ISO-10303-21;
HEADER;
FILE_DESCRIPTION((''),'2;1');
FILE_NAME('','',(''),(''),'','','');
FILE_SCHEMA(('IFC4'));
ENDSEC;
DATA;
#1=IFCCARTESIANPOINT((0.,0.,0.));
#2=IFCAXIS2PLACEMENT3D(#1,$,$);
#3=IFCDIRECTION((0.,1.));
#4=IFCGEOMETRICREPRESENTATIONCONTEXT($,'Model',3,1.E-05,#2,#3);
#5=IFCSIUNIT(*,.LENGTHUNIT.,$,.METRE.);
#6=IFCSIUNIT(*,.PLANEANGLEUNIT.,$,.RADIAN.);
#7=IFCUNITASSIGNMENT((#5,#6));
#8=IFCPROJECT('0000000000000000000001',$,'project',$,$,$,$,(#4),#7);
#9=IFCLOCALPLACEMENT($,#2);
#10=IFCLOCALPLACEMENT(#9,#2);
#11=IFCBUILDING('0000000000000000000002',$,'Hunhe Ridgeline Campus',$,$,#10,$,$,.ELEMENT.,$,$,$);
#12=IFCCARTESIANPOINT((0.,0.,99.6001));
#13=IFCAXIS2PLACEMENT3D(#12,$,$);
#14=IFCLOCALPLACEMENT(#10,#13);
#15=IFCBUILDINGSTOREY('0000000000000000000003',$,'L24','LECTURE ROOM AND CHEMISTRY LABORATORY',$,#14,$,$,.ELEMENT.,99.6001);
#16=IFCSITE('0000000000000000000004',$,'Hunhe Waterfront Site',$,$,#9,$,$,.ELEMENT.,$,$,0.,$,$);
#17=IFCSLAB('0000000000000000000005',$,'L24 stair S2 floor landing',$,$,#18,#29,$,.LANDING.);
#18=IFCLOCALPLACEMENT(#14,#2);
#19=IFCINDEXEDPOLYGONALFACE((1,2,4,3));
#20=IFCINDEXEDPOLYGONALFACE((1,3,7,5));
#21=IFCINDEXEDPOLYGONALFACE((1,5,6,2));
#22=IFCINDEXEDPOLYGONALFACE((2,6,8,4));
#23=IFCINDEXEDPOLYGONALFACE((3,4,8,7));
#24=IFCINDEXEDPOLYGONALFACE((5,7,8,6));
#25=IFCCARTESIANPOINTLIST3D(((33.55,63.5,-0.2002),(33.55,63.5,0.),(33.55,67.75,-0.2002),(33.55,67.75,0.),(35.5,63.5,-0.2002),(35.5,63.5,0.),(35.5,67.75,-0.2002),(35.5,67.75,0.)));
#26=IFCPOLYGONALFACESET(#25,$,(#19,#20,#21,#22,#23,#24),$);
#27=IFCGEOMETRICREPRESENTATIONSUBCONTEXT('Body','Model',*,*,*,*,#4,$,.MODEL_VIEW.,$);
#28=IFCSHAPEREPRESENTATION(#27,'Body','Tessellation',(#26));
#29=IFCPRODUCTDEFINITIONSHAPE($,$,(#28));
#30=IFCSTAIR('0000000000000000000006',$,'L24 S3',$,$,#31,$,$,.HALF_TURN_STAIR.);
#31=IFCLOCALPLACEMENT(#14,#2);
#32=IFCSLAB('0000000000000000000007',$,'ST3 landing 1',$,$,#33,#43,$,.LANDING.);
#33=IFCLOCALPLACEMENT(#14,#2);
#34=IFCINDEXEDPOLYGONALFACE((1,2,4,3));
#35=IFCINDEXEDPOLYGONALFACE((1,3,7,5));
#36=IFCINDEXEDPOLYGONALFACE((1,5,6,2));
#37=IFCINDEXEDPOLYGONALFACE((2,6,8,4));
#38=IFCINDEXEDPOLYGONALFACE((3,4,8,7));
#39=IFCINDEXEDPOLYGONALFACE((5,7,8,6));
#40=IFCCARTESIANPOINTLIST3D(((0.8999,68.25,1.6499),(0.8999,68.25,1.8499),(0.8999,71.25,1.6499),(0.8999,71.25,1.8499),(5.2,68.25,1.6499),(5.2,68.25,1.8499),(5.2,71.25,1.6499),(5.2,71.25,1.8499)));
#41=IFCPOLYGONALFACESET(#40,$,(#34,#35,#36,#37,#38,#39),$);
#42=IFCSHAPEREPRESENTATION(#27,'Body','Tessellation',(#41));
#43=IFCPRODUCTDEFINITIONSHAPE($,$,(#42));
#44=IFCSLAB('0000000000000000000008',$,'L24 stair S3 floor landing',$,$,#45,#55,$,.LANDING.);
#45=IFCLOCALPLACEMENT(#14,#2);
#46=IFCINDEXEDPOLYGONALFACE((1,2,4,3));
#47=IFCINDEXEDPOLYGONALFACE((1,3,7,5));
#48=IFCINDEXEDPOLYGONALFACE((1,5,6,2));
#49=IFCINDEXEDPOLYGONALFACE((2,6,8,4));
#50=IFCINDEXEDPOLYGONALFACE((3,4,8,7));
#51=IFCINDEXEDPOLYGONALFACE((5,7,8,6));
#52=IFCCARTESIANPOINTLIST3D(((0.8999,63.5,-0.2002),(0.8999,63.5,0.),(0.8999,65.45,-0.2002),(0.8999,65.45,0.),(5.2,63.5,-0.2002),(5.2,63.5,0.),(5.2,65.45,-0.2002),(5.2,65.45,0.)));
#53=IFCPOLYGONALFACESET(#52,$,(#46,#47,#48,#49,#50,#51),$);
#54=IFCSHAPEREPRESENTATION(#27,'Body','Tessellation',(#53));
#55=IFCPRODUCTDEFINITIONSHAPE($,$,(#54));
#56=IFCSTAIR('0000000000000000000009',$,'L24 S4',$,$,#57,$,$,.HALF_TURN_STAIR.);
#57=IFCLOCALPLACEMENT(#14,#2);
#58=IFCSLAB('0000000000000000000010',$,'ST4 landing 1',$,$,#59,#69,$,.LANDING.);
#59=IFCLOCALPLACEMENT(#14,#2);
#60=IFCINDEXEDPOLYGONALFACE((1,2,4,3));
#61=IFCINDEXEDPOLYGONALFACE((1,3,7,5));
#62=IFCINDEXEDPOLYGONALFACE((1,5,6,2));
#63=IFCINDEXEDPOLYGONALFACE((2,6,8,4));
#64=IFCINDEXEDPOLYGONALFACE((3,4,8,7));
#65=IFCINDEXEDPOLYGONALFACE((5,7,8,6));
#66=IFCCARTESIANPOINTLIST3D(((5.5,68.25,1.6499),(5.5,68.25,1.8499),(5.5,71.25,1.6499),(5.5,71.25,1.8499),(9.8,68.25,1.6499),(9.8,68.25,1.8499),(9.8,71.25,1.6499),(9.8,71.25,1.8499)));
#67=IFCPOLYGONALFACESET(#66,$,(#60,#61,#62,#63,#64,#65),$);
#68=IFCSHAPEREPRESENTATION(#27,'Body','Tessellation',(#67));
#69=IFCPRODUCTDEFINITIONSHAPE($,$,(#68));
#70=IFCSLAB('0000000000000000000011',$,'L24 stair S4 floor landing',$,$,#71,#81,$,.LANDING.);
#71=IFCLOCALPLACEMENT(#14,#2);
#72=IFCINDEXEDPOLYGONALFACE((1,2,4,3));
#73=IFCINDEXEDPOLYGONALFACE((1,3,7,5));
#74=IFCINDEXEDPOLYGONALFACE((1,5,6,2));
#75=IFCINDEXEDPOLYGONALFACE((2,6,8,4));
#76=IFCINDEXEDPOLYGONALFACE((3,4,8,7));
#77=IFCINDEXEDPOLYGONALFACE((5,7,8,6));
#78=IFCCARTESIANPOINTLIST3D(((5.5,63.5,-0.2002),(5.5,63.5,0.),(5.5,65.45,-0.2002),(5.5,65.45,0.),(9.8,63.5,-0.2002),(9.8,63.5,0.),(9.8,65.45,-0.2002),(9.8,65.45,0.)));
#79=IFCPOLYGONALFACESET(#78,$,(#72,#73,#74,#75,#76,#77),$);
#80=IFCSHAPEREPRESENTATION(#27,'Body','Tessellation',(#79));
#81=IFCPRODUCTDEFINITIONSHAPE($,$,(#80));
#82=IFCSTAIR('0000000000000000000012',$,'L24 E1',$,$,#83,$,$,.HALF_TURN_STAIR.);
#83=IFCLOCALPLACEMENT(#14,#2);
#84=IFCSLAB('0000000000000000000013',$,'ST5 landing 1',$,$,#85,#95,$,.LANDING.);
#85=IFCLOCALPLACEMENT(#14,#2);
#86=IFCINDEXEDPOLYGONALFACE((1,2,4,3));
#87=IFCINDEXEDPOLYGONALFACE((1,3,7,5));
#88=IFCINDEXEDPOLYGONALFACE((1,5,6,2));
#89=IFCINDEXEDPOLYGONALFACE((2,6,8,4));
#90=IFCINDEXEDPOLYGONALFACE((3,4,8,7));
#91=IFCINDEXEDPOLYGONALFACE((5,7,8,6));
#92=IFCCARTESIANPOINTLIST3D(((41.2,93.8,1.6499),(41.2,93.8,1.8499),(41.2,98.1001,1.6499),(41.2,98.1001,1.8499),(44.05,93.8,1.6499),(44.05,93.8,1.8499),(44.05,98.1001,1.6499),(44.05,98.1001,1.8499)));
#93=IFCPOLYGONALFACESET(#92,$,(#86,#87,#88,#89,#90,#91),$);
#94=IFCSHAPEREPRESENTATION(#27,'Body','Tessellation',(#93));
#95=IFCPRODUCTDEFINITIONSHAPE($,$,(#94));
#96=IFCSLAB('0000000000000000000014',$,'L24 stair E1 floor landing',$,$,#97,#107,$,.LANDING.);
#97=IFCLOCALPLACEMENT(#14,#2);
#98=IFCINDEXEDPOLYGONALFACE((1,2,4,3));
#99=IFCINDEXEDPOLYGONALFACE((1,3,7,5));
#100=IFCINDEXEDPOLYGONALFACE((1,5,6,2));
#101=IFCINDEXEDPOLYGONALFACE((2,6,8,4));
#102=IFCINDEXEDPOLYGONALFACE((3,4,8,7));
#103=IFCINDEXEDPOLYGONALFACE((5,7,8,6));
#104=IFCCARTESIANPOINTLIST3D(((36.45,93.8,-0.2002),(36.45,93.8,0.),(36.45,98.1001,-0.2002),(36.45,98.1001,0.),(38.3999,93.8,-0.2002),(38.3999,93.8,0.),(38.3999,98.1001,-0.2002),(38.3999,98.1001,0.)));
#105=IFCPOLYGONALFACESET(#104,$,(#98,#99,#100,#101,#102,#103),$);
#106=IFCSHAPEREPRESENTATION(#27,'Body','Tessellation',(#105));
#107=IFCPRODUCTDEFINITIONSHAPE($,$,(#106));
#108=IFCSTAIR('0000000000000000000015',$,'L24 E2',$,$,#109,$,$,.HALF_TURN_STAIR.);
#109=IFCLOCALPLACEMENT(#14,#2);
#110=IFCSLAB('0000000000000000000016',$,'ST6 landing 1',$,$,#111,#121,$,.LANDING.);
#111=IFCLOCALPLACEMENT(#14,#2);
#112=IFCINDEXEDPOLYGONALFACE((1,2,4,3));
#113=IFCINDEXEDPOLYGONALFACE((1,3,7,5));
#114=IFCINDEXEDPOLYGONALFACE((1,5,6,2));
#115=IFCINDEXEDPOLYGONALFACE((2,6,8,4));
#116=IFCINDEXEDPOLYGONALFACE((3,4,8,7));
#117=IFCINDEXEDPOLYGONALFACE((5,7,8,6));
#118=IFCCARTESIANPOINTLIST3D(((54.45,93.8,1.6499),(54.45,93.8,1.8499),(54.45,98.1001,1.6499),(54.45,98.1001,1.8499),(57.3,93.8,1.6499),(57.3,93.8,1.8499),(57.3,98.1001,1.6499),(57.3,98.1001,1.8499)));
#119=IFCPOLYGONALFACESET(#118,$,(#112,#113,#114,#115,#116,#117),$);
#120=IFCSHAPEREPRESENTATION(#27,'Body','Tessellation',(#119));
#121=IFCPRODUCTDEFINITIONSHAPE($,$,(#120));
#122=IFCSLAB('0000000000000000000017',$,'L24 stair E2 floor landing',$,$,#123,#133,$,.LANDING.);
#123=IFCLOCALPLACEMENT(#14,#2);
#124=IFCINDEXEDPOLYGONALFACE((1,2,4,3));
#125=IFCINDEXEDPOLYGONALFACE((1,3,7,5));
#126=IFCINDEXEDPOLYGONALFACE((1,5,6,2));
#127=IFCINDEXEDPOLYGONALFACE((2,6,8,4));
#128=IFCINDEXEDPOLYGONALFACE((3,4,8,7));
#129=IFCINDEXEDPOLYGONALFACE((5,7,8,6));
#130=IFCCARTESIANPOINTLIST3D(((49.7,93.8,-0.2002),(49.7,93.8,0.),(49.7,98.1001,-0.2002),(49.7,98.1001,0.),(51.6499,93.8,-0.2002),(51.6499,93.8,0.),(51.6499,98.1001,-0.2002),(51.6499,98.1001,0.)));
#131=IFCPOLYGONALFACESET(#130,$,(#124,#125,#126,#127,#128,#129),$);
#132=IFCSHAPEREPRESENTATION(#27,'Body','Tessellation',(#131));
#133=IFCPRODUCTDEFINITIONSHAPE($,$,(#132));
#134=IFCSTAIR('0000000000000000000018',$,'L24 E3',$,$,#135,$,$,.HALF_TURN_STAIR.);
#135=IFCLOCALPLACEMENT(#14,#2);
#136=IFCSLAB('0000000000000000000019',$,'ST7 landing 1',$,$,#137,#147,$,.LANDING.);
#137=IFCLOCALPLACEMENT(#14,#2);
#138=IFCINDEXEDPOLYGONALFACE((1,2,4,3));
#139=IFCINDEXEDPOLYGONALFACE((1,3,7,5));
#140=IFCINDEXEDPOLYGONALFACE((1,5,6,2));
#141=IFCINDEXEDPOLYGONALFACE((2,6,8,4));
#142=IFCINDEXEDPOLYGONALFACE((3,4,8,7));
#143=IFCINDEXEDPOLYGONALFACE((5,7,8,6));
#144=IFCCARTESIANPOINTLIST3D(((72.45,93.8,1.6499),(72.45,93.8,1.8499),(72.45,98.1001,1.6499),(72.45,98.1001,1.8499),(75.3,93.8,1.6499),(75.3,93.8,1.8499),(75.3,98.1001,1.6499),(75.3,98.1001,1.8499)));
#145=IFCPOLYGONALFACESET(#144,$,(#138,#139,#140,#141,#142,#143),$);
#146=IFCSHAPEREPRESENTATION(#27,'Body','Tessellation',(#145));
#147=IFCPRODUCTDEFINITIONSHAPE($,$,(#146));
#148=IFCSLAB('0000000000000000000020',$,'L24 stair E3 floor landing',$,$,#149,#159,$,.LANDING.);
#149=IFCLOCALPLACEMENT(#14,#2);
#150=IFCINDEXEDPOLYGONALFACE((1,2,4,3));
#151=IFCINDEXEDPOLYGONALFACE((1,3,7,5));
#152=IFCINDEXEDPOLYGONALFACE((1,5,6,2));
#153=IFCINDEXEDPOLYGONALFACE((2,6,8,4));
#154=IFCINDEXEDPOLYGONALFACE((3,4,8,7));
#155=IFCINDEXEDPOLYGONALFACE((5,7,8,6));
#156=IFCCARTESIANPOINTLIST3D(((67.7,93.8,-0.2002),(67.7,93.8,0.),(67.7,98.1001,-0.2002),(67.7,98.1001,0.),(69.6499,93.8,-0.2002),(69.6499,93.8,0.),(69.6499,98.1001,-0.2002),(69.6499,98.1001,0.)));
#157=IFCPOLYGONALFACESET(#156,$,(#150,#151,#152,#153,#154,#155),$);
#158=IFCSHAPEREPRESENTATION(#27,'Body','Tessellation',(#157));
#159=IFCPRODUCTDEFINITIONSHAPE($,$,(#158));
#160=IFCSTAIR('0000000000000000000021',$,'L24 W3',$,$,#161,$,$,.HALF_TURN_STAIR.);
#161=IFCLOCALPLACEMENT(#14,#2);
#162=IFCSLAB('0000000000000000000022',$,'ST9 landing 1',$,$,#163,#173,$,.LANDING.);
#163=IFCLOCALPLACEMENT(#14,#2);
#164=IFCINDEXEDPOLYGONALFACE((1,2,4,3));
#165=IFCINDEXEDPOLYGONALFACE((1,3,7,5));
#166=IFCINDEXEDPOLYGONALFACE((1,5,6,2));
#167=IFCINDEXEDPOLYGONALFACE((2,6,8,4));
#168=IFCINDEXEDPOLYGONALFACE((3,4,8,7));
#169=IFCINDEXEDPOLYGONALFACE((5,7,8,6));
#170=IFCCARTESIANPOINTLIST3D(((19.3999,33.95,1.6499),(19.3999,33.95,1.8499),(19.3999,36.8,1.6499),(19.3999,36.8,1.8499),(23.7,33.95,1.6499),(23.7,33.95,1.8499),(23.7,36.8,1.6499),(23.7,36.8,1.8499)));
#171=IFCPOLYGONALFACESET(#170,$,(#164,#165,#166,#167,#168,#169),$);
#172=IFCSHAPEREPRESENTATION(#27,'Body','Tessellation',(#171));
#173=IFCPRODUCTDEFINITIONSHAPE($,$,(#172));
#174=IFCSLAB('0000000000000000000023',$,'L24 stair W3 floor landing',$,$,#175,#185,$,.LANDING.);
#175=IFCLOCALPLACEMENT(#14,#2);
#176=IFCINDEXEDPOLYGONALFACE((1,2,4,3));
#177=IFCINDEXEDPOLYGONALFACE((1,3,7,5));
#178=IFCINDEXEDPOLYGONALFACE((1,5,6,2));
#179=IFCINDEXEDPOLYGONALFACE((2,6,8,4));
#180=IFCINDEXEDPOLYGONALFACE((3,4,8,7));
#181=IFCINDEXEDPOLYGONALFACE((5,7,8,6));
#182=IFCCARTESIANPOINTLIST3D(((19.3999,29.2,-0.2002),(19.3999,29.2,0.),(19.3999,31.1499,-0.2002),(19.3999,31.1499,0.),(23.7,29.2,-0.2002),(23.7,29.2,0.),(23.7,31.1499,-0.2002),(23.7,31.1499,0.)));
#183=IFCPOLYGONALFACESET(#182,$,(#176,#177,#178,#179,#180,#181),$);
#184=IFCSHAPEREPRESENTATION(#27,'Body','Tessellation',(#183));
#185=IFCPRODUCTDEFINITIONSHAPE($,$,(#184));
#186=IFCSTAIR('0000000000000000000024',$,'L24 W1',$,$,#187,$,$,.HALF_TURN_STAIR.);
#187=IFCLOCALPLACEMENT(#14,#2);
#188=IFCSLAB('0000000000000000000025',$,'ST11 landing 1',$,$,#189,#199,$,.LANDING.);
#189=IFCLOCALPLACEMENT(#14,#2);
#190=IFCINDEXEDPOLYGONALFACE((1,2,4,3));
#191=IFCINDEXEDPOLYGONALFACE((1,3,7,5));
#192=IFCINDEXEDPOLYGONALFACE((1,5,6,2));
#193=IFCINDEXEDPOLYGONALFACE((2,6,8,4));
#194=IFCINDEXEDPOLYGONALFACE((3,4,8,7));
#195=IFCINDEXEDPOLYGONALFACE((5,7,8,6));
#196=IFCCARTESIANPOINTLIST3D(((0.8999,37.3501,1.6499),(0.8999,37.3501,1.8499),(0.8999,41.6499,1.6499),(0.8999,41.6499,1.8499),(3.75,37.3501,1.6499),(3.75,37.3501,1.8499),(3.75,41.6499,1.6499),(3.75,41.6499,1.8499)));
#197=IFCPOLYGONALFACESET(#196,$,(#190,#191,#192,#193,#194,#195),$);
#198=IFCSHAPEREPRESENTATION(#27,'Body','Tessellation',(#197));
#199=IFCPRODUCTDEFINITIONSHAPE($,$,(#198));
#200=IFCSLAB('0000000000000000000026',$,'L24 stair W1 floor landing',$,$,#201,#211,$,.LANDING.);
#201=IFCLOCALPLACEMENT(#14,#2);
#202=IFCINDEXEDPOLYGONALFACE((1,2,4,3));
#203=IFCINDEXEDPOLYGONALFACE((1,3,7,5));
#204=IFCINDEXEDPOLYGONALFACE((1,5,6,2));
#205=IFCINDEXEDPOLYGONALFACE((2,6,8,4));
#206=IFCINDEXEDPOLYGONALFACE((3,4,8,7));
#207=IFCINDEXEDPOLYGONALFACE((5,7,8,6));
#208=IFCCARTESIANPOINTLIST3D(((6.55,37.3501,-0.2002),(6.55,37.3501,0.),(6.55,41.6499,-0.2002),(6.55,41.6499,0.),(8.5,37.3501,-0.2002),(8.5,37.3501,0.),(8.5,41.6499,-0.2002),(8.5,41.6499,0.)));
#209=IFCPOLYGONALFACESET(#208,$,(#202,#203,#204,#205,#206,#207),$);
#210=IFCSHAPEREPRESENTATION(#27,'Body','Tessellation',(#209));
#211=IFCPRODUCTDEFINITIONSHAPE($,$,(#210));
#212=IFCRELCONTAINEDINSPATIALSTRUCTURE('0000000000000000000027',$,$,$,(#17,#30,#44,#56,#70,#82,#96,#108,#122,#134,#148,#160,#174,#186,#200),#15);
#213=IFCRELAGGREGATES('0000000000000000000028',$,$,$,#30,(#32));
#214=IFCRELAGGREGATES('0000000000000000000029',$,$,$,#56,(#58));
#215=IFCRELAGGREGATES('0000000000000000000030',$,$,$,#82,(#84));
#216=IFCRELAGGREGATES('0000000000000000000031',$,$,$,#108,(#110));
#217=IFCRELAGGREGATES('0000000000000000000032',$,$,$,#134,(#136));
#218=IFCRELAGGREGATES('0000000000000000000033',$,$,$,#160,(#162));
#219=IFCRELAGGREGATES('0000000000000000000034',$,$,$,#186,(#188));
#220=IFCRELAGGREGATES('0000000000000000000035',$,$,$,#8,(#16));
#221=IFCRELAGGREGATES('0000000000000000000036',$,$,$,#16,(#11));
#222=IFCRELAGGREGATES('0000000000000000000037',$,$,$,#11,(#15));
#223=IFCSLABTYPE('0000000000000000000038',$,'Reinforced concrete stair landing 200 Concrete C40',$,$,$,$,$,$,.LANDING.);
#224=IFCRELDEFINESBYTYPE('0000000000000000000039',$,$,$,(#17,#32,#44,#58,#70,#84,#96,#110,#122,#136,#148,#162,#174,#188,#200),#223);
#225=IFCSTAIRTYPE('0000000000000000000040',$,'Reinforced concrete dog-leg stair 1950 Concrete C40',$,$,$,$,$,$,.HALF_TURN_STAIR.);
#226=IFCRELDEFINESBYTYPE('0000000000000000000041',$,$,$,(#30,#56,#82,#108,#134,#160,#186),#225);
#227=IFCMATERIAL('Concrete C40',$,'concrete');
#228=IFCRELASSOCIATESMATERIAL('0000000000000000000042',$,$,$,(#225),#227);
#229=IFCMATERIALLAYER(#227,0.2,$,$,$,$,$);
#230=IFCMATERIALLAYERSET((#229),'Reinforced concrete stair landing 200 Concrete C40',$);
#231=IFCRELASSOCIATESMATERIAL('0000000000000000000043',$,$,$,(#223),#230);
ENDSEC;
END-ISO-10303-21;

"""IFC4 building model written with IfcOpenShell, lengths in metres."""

from ifc_helpers import new_model, si_unit, direction, frame, origin, place, context, subcontext, project, spatial, polyline, outline, extrude, material, layer, layer_set, type_object, element, aggregate, save


model = new_model("IFC4")

# Units and contexts
model_context = context("Model", 3, precision=1e-05, world=origin(), true_north=direction((0.0, 1.0)))
body_context = subcontext(model_context, "Body", "Model", "MODEL_VIEW")
ifc_project = project(units=[si_unit("LENGTHUNIT", "METRE"), si_unit("PLANEANGLEUNIT", "RADIAN")], contexts=[model_context])

# Site, building, storey
site_placement = place(None, origin())
site = spatial("IfcSite", under=ifc_project, at=site_placement, Name="Hunhe Waterfront Site", CompositionType="ELEMENT", RefElevation=0.0)
building_placement = place(site_placement, origin())
building = spatial("IfcBuilding", under=site, at=building_placement, Name="Hunhe Ridgeline Campus", CompositionType="ELEMENT")
storey_placement = place(building_placement, frame((0.0, 0.0, 99.6001)))
storey = spatial("IfcBuildingStorey", under=building, at=storey_placement, Name="L24", Description="LECTURE ROOM AND CHEMISTRY LABORATORY", CompositionType="ELEMENT", Elevation=99.6001)

# Shared definitions
ifc_material_1 = material(Name="Concrete C40", Category="concrete")

# Shared definitions
stair_type = type_object("IfcStairType", Name="Reinforced concrete dog-leg stair 1950 Concrete C40", PredefinedType="HALF_TURN_STAIR", material=ifc_material_1)
ifc_layer_1 = layer(ifc_material_1, 0.2)
ifc_layer_set_1 = layer_set([ifc_layer_1], Name="Reinforced concrete stair landing 200 Concrete C40")
slab_type_1 = type_object("IfcSlabType", Name="Reinforced concrete stair landing 200 Concrete C40", PredefinedType="LANDING", material=ifc_layer_set_1)

# Slab
slab_1_placement = place(storey_placement, frame((0.0, 0.0, -0.2002)))
element("IfcSlab", 1, at=slab_1_placement, inside=storey, type_object=slab_type_1, Name="L24 stair S2 floor landing", PredefinedType="LANDING", context=body_context, shape_type="SweptSolid", body=[
    extrude(outline(polyline([(35.5, 67.75), (33.55, 67.75), (33.55, 63.5), (35.5, 63.5), (35.5, 67.75)])), origin(), (0.0, 0.0, 1.0), 0.2002),
])

# Stair, slab
stair_1_placement = place(storey_placement, origin())
stair_1 = element("IfcStair", 2, at=stair_1_placement, inside=storey, type_object=stair_type, Name="L24 S3", PredefinedType="HALF_TURN_STAIR")
slab_2_placement = place(storey_placement, frame((0.0, 0.0, 1.6499)))
slab_2 = element("IfcSlab", 3, at=slab_2_placement, type_object=slab_type_1, Name="ST3 landing 1", PredefinedType="LANDING", context=body_context, shape_type="SweptSolid", body=[
    extrude(outline(polyline([(5.2, 68.25), (5.2, 71.25), (0.8999, 71.25), (0.8999, 68.25), (5.2, 68.25)])), origin(), (0.0, 0.0, 1.0), 0.2),
])
aggregate(stair_1, [slab_2])

# Slab
slab_3_placement = place(storey_placement, frame((0.0, 0.0, -0.2002)))
element("IfcSlab", 4, at=slab_3_placement, inside=storey, type_object=slab_type_1, Name="L24 stair S3 floor landing", PredefinedType="LANDING", context=body_context, shape_type="SweptSolid", body=[
    extrude(outline(polyline([(5.2, 63.5), (5.2, 65.45), (0.8999, 65.45), (0.8999, 63.5), (5.2, 63.5)])), origin(), (0.0, 0.0, 1.0), 0.2002),
])

# Stair, slab
stair_2_placement = place(storey_placement, origin())
stair_2 = element("IfcStair", 5, at=stair_2_placement, inside=storey, type_object=stair_type, Name="L24 S4", PredefinedType="HALF_TURN_STAIR")
slab_4_placement = place(storey_placement, frame((0.0, 0.0, 1.6499)))
slab_4 = element("IfcSlab", 6, at=slab_4_placement, type_object=slab_type_1, Name="ST4 landing 1", PredefinedType="LANDING", context=body_context, shape_type="SweptSolid", body=[
    extrude(outline(polyline([(9.8, 68.25), (9.8, 71.25), (5.5, 71.25), (5.5, 68.25), (9.8, 68.25)])), origin(), (0.0, 0.0, 1.0), 0.2),
])
aggregate(stair_2, [slab_4])

# Slab
slab_5_placement = place(storey_placement, frame((0.0, 0.0, -0.2002)))
element("IfcSlab", 7, at=slab_5_placement, inside=storey, type_object=slab_type_1, Name="L24 stair S4 floor landing", PredefinedType="LANDING", context=body_context, shape_type="SweptSolid", body=[
    extrude(outline(polyline([(9.8, 63.5), (9.8, 65.45), (5.5, 65.45), (5.5, 63.5), (9.8, 63.5)])), origin(), (0.0, 0.0, 1.0), 0.2002),
])

# Stair, slab
stair_3_placement = place(storey_placement, origin())
stair_3 = element("IfcStair", 8, at=stair_3_placement, inside=storey, type_object=stair_type, Name="L24 E1", PredefinedType="HALF_TURN_STAIR")
slab_6_placement = place(storey_placement, frame((0.0, 0.0, 1.6499)))
slab_6 = element("IfcSlab", 9, at=slab_6_placement, type_object=slab_type_1, Name="ST5 landing 1", PredefinedType="LANDING", context=body_context, shape_type="SweptSolid", body=[
    extrude(outline(polyline([(41.2, 93.8), (44.05, 93.8), (44.05, 98.1001), (41.2, 98.1001), (41.2, 93.8)])), origin(), (0.0, 0.0, 1.0), 0.2),
])
aggregate(stair_3, [slab_6])

# Slab
slab_7_placement = place(storey_placement, frame((0.0, 0.0, -0.2002)))
element("IfcSlab", 10, at=slab_7_placement, inside=storey, type_object=slab_type_1, Name="L24 stair E1 floor landing", PredefinedType="LANDING", context=body_context, shape_type="SweptSolid", body=[
    extrude(outline(polyline([(36.45, 93.8), (38.3999, 93.8), (38.3999, 98.1001), (36.45, 98.1001), (36.45, 93.8)])), origin(), (0.0, 0.0, 1.0), 0.2002),
])

# Stair, slab
stair_4_placement = place(storey_placement, origin())
stair_4 = element("IfcStair", 11, at=stair_4_placement, inside=storey, type_object=stair_type, Name="L24 E2", PredefinedType="HALF_TURN_STAIR")
slab_8_placement = place(storey_placement, frame((0.0, 0.0, 1.6499)))
slab_8 = element("IfcSlab", 12, at=slab_8_placement, type_object=slab_type_1, Name="ST6 landing 1", PredefinedType="LANDING", context=body_context, shape_type="SweptSolid", body=[
    extrude(outline(polyline([(54.45, 93.8), (57.3, 93.8), (57.3, 98.1001), (54.45, 98.1001), (54.45, 93.8)])), origin(), (0.0, 0.0, 1.0), 0.2),
])
aggregate(stair_4, [slab_8])

# Slab
slab_9_placement = place(storey_placement, frame((0.0, 0.0, -0.2002)))
element("IfcSlab", 13, at=slab_9_placement, inside=storey, type_object=slab_type_1, Name="L24 stair E2 floor landing", PredefinedType="LANDING", context=body_context, shape_type="SweptSolid", body=[
    extrude(outline(polyline([(49.7, 93.8), (51.6499, 93.8), (51.6499, 98.1001), (49.7, 98.1001), (49.7, 93.8)])), origin(), (0.0, 0.0, 1.0), 0.2002),
])

# Stair, slab
stair_5_placement = place(storey_placement, origin())
stair_5 = element("IfcStair", 14, at=stair_5_placement, inside=storey, type_object=stair_type, Name="L24 E3", PredefinedType="HALF_TURN_STAIR")
slab_10_placement = place(storey_placement, frame((0.0, 0.0, 1.6499)))
slab_10 = element("IfcSlab", 15, at=slab_10_placement, type_object=slab_type_1, Name="ST7 landing 1", PredefinedType="LANDING", context=body_context, shape_type="SweptSolid", body=[
    extrude(outline(polyline([(72.45, 93.8), (75.3, 93.8), (75.3, 98.1001), (72.45, 98.1001), (72.45, 93.8)])), origin(), (0.0, 0.0, 1.0), 0.2),
])
aggregate(stair_5, [slab_10])

# Slab
slab_11_placement = place(storey_placement, frame((0.0, 0.0, -0.2002)))
element("IfcSlab", 16, at=slab_11_placement, inside=storey, type_object=slab_type_1, Name="L24 stair E3 floor landing", PredefinedType="LANDING", context=body_context, shape_type="SweptSolid", body=[
    extrude(outline(polyline([(67.7, 93.8), (69.6499, 93.8), (69.6499, 98.1001), (67.7, 98.1001), (67.7, 93.8)])), origin(), (0.0, 0.0, 1.0), 0.2002),
])

# Stair, slab
stair_6_placement = place(storey_placement, origin())
stair_6 = element("IfcStair", 17, at=stair_6_placement, inside=storey, type_object=stair_type, Name="L24 W3", PredefinedType="HALF_TURN_STAIR")
slab_12_placement = place(storey_placement, frame((0.0, 0.0, 1.6499)))
slab_12 = element("IfcSlab", 18, at=slab_12_placement, type_object=slab_type_1, Name="ST9 landing 1", PredefinedType="LANDING", context=body_context, shape_type="SweptSolid", body=[
    extrude(outline(polyline([(23.7, 33.95), (23.7, 36.8), (19.3999, 36.8), (19.3999, 33.95), (23.7, 33.95)])), origin(), (0.0, 0.0, 1.0), 0.2),
])
aggregate(stair_6, [slab_12])

# Slab
slab_13_placement = place(storey_placement, frame((0.0, 0.0, -0.2002)))
element("IfcSlab", 19, at=slab_13_placement, inside=storey, type_object=slab_type_1, Name="L24 stair W3 floor landing", PredefinedType="LANDING", context=body_context, shape_type="SweptSolid", body=[
    extrude(outline(polyline([(23.7, 29.2), (23.7, 31.1499), (19.3999, 31.1499), (19.3999, 29.2), (23.7, 29.2)])), origin(), (0.0, 0.0, 1.0), 0.2002),
])

# Stair, slab
stair_7_placement = place(storey_placement, origin())
stair_7 = element("IfcStair", 20, at=stair_7_placement, inside=storey, type_object=stair_type, Name="L24 W1", PredefinedType="HALF_TURN_STAIR")
slab_14_placement = place(storey_placement, frame((0.0, 0.0, 1.6499)))
slab_14 = element("IfcSlab", 21, at=slab_14_placement, type_object=slab_type_1, Name="ST11 landing 1", PredefinedType="LANDING", context=body_context, shape_type="SweptSolid", body=[
    extrude(outline(polyline([(3.75, 41.6499), (0.8999, 41.6499), (0.8999, 37.3501), (3.75, 37.3501), (3.75, 41.6499)])), origin(), (0.0, 0.0, 1.0), 0.2),
])
aggregate(stair_7, [slab_14])

# Slab
slab_15_placement = place(storey_placement, frame((0.0, 0.0, -0.2002)))
element("IfcSlab", 22, at=slab_15_placement, inside=storey, type_object=slab_type_1, Name="L24 stair W1 floor landing", PredefinedType="LANDING", context=body_context, shape_type="SweptSolid", body=[
    extrude(outline(polyline([(8.5, 41.6499), (6.55, 41.6499), (6.55, 37.3501), (8.5, 37.3501), (8.5, 41.6499)])), origin(), (0.0, 0.0, 1.0), 0.2002),
])

save(model, "model.ifc")
